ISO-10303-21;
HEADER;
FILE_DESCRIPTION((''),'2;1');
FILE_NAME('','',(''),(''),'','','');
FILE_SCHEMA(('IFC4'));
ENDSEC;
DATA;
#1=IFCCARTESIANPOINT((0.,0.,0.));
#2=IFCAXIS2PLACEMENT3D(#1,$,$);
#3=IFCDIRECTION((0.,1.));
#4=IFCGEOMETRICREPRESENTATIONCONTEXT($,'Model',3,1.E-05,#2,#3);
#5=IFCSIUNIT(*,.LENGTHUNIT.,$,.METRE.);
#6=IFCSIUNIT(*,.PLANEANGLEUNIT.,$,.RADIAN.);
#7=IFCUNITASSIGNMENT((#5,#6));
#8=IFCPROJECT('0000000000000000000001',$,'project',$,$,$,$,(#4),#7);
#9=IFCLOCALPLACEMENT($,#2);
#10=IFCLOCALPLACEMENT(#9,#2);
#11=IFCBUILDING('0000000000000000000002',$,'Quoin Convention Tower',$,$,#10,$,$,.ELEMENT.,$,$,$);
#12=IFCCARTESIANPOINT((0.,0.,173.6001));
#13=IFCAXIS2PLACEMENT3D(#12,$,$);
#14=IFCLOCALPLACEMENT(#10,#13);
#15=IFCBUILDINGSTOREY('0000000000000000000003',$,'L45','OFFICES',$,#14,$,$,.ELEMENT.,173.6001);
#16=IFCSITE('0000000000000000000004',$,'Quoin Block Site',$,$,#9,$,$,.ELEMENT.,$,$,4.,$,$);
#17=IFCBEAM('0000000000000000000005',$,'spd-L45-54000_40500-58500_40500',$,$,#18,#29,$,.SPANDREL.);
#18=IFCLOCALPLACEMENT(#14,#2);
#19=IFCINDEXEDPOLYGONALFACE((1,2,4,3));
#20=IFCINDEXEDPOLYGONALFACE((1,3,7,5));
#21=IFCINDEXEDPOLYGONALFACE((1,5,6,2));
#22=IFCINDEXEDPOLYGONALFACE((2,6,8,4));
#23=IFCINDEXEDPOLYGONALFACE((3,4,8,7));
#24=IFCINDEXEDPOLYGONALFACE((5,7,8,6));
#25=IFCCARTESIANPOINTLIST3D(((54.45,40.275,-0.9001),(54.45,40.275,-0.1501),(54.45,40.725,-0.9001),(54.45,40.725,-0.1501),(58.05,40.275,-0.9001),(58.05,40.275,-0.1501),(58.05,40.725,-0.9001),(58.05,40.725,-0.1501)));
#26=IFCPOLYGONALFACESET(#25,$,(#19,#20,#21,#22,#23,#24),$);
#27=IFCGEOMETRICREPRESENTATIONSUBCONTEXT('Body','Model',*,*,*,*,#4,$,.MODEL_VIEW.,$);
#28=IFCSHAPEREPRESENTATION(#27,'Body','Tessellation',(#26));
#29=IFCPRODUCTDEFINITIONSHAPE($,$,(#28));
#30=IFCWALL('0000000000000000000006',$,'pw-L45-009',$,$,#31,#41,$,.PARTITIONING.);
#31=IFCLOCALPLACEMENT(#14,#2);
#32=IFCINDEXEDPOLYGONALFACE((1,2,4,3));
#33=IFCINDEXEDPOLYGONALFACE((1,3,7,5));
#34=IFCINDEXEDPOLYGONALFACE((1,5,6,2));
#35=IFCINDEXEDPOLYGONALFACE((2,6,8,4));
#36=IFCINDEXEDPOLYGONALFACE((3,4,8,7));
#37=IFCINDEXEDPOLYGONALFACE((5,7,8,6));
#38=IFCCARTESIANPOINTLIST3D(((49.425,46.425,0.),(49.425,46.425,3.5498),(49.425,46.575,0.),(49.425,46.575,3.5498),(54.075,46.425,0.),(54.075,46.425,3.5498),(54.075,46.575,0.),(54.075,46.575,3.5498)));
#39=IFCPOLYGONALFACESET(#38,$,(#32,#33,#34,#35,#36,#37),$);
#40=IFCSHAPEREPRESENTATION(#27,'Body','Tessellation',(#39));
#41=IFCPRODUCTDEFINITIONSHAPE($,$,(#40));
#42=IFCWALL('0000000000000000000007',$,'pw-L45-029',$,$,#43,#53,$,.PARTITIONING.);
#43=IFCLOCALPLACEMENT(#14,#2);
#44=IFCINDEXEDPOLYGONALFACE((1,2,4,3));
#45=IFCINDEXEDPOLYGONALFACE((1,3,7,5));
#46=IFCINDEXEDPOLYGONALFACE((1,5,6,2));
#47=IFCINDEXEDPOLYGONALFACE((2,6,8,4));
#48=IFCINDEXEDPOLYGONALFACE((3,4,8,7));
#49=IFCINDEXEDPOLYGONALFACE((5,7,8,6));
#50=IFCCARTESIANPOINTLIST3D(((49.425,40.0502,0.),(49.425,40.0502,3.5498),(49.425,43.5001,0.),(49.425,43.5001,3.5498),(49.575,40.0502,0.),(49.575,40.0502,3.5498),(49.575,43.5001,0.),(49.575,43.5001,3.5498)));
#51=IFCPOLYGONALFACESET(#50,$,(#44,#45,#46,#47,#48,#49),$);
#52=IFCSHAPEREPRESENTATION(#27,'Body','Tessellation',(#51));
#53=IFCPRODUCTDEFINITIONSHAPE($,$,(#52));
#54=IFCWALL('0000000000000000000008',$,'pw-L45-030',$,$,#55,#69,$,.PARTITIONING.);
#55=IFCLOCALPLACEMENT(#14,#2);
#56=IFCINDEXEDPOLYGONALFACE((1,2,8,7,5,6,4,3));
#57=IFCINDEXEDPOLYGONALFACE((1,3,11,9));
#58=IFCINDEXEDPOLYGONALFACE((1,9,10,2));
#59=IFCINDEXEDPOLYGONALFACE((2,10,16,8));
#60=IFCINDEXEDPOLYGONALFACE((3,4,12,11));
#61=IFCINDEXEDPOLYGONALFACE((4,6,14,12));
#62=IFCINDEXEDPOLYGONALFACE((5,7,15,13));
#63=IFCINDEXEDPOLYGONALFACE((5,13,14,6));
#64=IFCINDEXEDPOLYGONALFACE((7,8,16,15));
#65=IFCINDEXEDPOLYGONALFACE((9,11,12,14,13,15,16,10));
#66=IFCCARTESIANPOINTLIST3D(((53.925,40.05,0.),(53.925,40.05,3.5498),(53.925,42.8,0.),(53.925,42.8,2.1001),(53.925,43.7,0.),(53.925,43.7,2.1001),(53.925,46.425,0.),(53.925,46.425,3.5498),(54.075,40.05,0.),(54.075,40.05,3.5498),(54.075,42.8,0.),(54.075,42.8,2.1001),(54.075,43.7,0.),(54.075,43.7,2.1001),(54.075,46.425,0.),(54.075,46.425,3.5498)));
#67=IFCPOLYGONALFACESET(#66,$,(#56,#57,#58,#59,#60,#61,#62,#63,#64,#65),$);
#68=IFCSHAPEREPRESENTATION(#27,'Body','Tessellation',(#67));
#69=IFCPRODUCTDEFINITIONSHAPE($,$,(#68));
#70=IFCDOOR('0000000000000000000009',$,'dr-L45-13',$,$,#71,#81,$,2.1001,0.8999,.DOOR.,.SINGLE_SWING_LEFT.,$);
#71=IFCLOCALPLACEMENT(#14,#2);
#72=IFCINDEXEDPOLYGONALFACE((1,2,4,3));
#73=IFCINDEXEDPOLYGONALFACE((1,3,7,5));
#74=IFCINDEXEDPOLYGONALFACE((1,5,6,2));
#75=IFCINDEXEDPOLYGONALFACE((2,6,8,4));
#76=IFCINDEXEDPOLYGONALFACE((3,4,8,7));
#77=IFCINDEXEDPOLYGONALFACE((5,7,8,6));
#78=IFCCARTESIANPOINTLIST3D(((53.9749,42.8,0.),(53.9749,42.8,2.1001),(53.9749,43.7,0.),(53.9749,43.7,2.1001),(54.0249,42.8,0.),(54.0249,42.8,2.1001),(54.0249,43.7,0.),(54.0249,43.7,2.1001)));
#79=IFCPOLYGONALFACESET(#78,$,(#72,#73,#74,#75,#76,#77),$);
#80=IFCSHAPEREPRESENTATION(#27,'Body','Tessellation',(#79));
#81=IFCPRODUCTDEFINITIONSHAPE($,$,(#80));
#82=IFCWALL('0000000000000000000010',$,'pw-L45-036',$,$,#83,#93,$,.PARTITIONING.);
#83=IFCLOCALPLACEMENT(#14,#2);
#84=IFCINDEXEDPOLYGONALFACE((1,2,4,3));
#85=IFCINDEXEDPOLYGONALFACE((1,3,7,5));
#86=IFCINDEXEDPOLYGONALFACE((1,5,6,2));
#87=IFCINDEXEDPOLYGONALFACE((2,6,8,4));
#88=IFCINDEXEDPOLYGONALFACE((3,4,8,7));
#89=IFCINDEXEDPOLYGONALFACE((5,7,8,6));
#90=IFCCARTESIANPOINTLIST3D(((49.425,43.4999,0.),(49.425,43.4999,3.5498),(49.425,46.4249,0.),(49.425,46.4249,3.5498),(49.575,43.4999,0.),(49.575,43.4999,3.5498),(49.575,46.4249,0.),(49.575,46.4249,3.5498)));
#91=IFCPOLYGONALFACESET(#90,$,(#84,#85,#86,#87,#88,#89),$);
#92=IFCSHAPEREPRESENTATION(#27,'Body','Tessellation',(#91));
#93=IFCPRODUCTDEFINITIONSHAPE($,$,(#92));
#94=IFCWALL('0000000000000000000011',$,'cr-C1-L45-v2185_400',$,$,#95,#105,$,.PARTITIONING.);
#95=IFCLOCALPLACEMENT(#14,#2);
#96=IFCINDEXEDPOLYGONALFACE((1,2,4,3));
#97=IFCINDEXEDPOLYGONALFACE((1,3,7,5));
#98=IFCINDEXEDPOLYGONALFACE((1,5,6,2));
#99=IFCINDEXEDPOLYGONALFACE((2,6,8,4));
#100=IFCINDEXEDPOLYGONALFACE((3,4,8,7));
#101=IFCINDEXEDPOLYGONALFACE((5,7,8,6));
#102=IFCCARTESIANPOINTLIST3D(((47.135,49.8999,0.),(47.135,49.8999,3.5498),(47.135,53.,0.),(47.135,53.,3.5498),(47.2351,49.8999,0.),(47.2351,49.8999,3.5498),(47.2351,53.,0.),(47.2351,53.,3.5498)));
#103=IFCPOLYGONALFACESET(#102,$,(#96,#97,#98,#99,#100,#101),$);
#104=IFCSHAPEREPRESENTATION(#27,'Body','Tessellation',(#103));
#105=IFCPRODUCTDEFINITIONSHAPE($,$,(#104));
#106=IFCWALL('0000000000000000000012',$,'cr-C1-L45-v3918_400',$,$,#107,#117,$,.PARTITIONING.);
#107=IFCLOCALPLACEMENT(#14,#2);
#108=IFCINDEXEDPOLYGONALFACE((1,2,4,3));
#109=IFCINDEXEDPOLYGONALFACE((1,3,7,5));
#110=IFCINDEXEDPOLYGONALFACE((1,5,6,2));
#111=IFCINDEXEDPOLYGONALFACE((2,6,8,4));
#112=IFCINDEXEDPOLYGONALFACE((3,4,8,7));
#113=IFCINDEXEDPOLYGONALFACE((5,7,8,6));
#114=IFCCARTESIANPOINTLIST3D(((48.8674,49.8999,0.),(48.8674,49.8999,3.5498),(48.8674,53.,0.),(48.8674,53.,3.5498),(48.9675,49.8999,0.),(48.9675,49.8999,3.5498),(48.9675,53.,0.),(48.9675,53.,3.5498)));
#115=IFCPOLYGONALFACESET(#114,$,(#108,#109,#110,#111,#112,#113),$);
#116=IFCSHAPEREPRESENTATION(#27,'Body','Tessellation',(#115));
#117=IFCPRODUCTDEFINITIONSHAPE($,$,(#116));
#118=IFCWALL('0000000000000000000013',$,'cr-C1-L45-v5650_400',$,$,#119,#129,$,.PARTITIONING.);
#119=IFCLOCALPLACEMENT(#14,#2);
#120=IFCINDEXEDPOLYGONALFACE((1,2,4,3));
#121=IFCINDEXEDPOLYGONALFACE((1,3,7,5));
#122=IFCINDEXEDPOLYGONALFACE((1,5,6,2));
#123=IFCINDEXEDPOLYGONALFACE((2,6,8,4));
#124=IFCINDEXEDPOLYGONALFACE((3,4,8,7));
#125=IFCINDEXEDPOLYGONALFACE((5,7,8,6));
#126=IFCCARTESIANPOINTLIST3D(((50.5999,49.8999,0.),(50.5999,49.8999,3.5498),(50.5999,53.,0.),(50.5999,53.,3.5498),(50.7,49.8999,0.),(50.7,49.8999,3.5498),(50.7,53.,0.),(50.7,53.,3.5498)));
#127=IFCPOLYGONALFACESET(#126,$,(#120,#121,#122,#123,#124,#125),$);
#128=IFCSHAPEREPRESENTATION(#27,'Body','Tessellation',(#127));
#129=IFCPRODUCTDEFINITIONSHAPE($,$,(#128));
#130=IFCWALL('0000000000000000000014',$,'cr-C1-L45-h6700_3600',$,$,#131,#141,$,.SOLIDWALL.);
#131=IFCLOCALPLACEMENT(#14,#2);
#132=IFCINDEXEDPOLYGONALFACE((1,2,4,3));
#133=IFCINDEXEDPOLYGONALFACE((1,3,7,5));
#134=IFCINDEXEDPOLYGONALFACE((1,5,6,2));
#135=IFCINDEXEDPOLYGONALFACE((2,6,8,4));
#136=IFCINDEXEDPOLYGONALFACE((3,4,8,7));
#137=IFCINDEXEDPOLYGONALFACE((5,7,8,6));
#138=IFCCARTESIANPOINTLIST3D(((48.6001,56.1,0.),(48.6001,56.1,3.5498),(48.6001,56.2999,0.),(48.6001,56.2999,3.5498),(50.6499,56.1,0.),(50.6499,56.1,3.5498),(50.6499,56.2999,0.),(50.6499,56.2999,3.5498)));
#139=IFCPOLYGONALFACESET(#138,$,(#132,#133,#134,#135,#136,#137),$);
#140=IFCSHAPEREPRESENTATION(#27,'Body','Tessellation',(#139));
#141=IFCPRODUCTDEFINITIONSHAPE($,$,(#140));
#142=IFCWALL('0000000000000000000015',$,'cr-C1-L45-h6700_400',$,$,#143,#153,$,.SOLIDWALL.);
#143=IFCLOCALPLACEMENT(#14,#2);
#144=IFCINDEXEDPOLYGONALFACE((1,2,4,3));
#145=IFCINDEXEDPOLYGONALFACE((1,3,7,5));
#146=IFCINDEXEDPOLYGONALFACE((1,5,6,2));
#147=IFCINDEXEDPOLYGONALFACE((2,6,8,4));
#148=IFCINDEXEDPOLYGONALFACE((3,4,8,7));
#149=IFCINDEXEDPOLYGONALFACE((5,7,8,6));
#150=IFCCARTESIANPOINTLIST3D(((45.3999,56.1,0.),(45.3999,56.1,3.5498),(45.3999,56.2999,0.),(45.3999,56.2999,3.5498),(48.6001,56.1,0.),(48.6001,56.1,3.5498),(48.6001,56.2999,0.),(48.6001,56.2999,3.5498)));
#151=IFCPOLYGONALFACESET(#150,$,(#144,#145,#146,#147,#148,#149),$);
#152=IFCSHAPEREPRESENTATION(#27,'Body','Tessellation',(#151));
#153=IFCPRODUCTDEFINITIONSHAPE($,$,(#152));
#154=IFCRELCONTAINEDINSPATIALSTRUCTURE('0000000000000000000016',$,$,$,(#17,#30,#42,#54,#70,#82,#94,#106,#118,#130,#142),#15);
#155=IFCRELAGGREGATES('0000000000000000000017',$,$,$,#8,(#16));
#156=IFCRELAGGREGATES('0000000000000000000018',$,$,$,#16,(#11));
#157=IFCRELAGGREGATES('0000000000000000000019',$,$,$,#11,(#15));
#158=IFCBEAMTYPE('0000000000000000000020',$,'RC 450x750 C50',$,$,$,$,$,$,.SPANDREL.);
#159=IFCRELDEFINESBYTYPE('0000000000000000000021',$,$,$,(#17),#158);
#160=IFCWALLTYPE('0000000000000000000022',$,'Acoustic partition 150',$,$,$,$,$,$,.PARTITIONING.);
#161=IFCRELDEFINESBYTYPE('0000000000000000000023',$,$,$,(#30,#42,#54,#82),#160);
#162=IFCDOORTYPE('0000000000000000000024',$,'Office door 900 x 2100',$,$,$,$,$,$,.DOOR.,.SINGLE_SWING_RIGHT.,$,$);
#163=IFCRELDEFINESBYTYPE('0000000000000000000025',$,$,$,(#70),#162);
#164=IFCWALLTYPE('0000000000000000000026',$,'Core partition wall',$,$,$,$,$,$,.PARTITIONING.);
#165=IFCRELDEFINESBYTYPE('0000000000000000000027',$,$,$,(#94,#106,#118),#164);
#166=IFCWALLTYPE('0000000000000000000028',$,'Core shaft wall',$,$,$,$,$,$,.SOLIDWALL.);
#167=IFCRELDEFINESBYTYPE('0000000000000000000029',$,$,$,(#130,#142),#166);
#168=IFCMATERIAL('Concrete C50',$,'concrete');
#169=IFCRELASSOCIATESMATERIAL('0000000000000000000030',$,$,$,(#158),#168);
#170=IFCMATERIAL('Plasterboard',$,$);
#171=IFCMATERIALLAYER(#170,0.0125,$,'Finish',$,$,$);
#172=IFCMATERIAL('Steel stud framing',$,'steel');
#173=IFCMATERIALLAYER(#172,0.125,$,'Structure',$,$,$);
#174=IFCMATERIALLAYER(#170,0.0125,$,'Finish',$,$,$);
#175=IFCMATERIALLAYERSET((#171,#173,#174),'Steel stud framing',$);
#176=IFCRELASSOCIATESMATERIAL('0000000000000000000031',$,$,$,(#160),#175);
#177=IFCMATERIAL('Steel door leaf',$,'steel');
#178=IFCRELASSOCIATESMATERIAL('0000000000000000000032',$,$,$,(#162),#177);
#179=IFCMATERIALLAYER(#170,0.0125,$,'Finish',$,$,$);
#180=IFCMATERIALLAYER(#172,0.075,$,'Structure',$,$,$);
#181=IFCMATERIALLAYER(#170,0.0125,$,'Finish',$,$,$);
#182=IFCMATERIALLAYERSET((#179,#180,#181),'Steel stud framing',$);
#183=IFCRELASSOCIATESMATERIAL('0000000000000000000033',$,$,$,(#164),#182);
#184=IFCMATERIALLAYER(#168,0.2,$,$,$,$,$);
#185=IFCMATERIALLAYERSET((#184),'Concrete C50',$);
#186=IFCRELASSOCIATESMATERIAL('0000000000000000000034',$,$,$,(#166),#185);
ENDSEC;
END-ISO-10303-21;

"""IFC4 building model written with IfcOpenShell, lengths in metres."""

from ifc_helpers import new_model, si_unit, direction, frame, frame_2d, origin, origin_2d, place, context, subcontext, project, spatial, rectangle, extrude, material, layer, layer_set, material_profile, profile_set, type_object, element, fill, save


model = new_model("IFC4")

# Units and contexts
model_context = context("Model", 3, precision=1e-05, world=origin(), true_north=direction((0.0, 1.0)))
body_context = subcontext(model_context, "Body", "Model", "MODEL_VIEW")
ifc_project = project(units=[si_unit("LENGTHUNIT", "METRE"), si_unit("PLANEANGLEUNIT", "RADIAN")], contexts=[model_context])

# Site, building, storey
site_placement = place(None, origin())
site = spatial("IfcSite", under=ifc_project, at=site_placement, Name="Quoin Block Site", CompositionType="ELEMENT", RefElevation=4.0)
building_placement = place(site_placement, origin())
building = spatial("IfcBuilding", under=site, at=building_placement, Name="Quoin Convention Tower", CompositionType="ELEMENT")
storey_placement = place(building_placement, frame((0.0, 0.0, 173.6001)))
storey = spatial("IfcBuildingStorey", under=building, at=storey_placement, Name="L45", Description="OFFICES", CompositionType="ELEMENT", Elevation=173.6001)

# Shared definitions
ifc_material_1 = material(Name="Concrete C50", Category="concrete")

# Beam
ifc_material_profile_1 = material_profile(ifc_material_1, rectangle(XDim=0.45, YDim=0.75, at=origin_2d()), Name="RC 450x750")
ifc_profile_set_1 = profile_set([ifc_material_profile_1], Name="Concrete C50")
beam_type_1 = type_object("IfcBeamType", Name="RC 450x750 C50", PredefinedType="SPANDREL", material=ifc_profile_set_1)
for number, where, z_axis, x_axis, name in (
    (1, (54.45, 40.5, -0.5251), (1.0, 0.0, 0.0), (0.0, 1.0, 0.0), "spd-L45-54000_40500-58500_40500"),
):
    element("IfcBeam", number, at=place(storey_placement, frame(where, z_axis=z_axis, x_axis=x_axis)), inside=storey, type_object=beam_type_1, Name=name, PredefinedType="SPANDREL", context=body_context, shape_type="SweptSolid", body=[
        extrude(rectangle(XDim=0.45, YDim=0.75, at=origin_2d()), origin(), (0.0, 0.0, 1.0), 3.6001),
    ])

# Walls
ifc_material_2 = material(Name="Plasterboard")
ifc_layer_1 = layer(ifc_material_2, 0.0125, Name="Finish")
ifc_material_3 = material(Name="Steel stud framing", Category="steel")
ifc_layer_2 = layer(ifc_material_3, 0.125, Name="Structure")
ifc_layer_3 = layer(ifc_material_2, 0.0125, Name="Finish")
ifc_layer_set_1 = layer_set([ifc_layer_1, ifc_layer_2, ifc_layer_3], Name="Steel stud framing")
wall_type_1 = type_object("IfcWallType", Name="Acoustic partition 150", PredefinedType="PARTITIONING", material=ifc_layer_set_1)
wall_1_placement = place(storey_placement, frame((49.425, 46.5, 0.0), z_axis=(0.0, 0.0, 1.0), x_axis=(1.0, 0.0, 0.0)))
element("IfcWall", 2, at=wall_1_placement, inside=storey, type_object=wall_type_1, Name="pw-L45-009", PredefinedType="PARTITIONING", context=body_context, shape_type="SweptSolid", body=[
    extrude(rectangle(XDim=4.6499, YDim=0.1499, at=frame_2d((2.325, 0.0))), origin(), (0.0, 0.0, 1.0), 3.5498),
])
wall_2_placement = place(storey_placement, frame((49.5, 40.05, 0.0), z_axis=(0.0, 0.0, 1.0), x_axis=(0.0, 1.0, 0.0)))
element("IfcWall", 3, at=wall_2_placement, inside=storey, type_object=wall_type_1, Name="pw-L45-029", PredefinedType="PARTITIONING", context=body_context, shape_type="SweptSolid", body=[
    extrude(rectangle(XDim=3.45, YDim=0.1499, at=frame_2d((1.7251, 0.0))), origin(), (0.0, 0.0, 1.0), 3.5498),
])

# Wall, opening, door
wall_3_placement = place(storey_placement, frame((54.0, 40.05, 0.0), z_axis=(0.0, 0.0, 1.0), x_axis=(0.0, 1.0, 0.0)))
wall_3 = element("IfcWall", 4, at=wall_3_placement, inside=storey, type_object=wall_type_1, Name="pw-L45-030", PredefinedType="PARTITIONING", context=body_context, shape_type="SweptSolid", body=[
    extrude(rectangle(XDim=6.375, YDim=0.1499, at=frame_2d((3.1875, 0.0))), origin(), (0.0, 0.0, 1.0), 3.5498),
])
opening_1_placement = place(wall_3_placement, frame((2.75, 0.0, 0.0)))
opening_1 = element("IfcOpeningElement", 5, at=opening_1_placement, cuts=wall_3, PredefinedType="OPENING", context=body_context, shape_type="SweptSolid", body=[
    extrude(rectangle(XDim=0.8999, YDim=2.1001, at=frame_2d((0.45, 1.05))), frame((0.0, 0.085, 0.0), z_axis=(0.0, -1.0, 0.0), x_axis=(1.0, 0.0, 0.0)), (0.0, 0.0, 1.0), 0.1699),
])
ifc_material_4 = material(Name="Steel door leaf", Category="steel")
door_type_1 = type_object("IfcDoorType", Name="Office door 900 x 2100", OperationType="SINGLE_SWING_RIGHT", PredefinedType="DOOR", material=ifc_material_4)
door_1_placement = place(opening_1_placement, frame((0.8999, 0.0, 0.0), z_axis=(0.0, 0.0, 1.0), x_axis=(-1.0, 0.0, 0.0)))
door_1 = element("IfcDoor", 6, at=door_1_placement, inside=storey, type_object=door_type_1, Name="dr-L45-13", OperationType="SINGLE_SWING_LEFT", OverallHeight=2.1001, OverallWidth=0.8999, PredefinedType="DOOR", context=body_context, shape_type="SweptSolid", body=[
    extrude(rectangle(XDim=0.8999, YDim=2.1001, at=frame_2d((0.45, 1.05))), frame((0.0, 0.0249, 0.0), z_axis=(0.0, -1.0, 0.0), x_axis=(1.0, 0.0, 0.0)), (0.0, 0.0, 1.0), 0.05),
])
fill(opening_1, door_1)

# Walls
wall_4_placement = place(storey_placement, frame((49.5, 43.5, 0.0), z_axis=(0.0, 0.0, 1.0), x_axis=(0.0, 1.0, 0.0)))
element("IfcWall", 7, at=wall_4_placement, inside=storey, type_object=wall_type_1, Name="pw-L45-036", PredefinedType="PARTITIONING", context=body_context, shape_type="SweptSolid", body=[
    extrude(rectangle(XDim=2.925, YDim=0.1499, at=frame_2d((1.4624, 0.0))), origin(), (0.0, 0.0, 1.0), 3.5498),
])
ifc_layer_4 = layer(ifc_material_2, 0.0125, Name="Finish")
ifc_layer_5 = layer(ifc_material_3, 0.075, Name="Structure")
ifc_layer_6 = layer(ifc_material_2, 0.0125, Name="Finish")
ifc_layer_set_2 = layer_set([ifc_layer_4, ifc_layer_5, ifc_layer_6], Name="Steel stud framing")
wall_type_2 = type_object("IfcWallType", Name="Core partition wall", PredefinedType="PARTITIONING", material=ifc_layer_set_2)
for number, where, z_axis, x_axis, name in (
    (8, (47.1851, 49.8999, 0.0), (0.0, 0.0, 1.0), (0.0, 1.0, 0.0), "cr-C1-L45-v2185_400"),
    (9, (48.9175, 49.8999, 0.0), (0.0, 0.0, 1.0), (0.0, 1.0, 0.0), "cr-C1-L45-v3918_400"),
    (10, (50.6499, 49.8999, 0.0), (0.0, 0.0, 1.0), (0.0, 1.0, 0.0), "cr-C1-L45-v5650_400"),
):
    element("IfcWall", number, at=place(storey_placement, frame(where, z_axis=z_axis, x_axis=x_axis)), inside=storey, type_object=wall_type_2, Name=name, PredefinedType="PARTITIONING", context=body_context, shape_type="SweptSolid", body=[
        extrude(rectangle(XDim=3.1001, YDim=0.1001, at=frame_2d((1.55, 0.0))), origin(), (0.0, 0.0, 1.0), 3.5498),
    ])
ifc_layer_7 = layer(ifc_material_1, 0.2)
ifc_layer_set_3 = layer_set([ifc_layer_7], Name="Concrete C50")
wall_type_3 = type_object("IfcWallType", Name="Core shaft wall", PredefinedType="SOLIDWALL", material=ifc_layer_set_3)
wall_5_placement = place(storey_placement, frame((48.6001, 56.2, 0.0), z_axis=(0.0, 0.0, 1.0), x_axis=(1.0, 0.0, 0.0)))
element("IfcWall", 11, at=wall_5_placement, inside=storey, type_object=wall_type_3, Name="cr-C1-L45-h6700_3600", PredefinedType="SOLIDWALL", context=body_context, shape_type="SweptSolid", body=[
    extrude(rectangle(XDim=2.0498, YDim=0.2, at=frame_2d((1.0249, 0.0))), origin(), (0.0, 0.0, 1.0), 3.5498),
])
wall_6_placement = place(storey_placement, frame((45.3999, 56.2, 0.0), z_axis=(0.0, 0.0, 1.0), x_axis=(1.0, 0.0, 0.0)))
element("IfcWall", 12, at=wall_6_placement, inside=storey, type_object=wall_type_3, Name="cr-C1-L45-h6700_400", PredefinedType="SOLIDWALL", context=body_context, shape_type="SweptSolid", body=[
    extrude(rectangle(XDim=3.2002, YDim=0.2, at=frame_2d((1.6001, 0.0))), origin(), (0.0, 0.0, 1.0), 3.5498),
])

save(model, "model.ifc")
